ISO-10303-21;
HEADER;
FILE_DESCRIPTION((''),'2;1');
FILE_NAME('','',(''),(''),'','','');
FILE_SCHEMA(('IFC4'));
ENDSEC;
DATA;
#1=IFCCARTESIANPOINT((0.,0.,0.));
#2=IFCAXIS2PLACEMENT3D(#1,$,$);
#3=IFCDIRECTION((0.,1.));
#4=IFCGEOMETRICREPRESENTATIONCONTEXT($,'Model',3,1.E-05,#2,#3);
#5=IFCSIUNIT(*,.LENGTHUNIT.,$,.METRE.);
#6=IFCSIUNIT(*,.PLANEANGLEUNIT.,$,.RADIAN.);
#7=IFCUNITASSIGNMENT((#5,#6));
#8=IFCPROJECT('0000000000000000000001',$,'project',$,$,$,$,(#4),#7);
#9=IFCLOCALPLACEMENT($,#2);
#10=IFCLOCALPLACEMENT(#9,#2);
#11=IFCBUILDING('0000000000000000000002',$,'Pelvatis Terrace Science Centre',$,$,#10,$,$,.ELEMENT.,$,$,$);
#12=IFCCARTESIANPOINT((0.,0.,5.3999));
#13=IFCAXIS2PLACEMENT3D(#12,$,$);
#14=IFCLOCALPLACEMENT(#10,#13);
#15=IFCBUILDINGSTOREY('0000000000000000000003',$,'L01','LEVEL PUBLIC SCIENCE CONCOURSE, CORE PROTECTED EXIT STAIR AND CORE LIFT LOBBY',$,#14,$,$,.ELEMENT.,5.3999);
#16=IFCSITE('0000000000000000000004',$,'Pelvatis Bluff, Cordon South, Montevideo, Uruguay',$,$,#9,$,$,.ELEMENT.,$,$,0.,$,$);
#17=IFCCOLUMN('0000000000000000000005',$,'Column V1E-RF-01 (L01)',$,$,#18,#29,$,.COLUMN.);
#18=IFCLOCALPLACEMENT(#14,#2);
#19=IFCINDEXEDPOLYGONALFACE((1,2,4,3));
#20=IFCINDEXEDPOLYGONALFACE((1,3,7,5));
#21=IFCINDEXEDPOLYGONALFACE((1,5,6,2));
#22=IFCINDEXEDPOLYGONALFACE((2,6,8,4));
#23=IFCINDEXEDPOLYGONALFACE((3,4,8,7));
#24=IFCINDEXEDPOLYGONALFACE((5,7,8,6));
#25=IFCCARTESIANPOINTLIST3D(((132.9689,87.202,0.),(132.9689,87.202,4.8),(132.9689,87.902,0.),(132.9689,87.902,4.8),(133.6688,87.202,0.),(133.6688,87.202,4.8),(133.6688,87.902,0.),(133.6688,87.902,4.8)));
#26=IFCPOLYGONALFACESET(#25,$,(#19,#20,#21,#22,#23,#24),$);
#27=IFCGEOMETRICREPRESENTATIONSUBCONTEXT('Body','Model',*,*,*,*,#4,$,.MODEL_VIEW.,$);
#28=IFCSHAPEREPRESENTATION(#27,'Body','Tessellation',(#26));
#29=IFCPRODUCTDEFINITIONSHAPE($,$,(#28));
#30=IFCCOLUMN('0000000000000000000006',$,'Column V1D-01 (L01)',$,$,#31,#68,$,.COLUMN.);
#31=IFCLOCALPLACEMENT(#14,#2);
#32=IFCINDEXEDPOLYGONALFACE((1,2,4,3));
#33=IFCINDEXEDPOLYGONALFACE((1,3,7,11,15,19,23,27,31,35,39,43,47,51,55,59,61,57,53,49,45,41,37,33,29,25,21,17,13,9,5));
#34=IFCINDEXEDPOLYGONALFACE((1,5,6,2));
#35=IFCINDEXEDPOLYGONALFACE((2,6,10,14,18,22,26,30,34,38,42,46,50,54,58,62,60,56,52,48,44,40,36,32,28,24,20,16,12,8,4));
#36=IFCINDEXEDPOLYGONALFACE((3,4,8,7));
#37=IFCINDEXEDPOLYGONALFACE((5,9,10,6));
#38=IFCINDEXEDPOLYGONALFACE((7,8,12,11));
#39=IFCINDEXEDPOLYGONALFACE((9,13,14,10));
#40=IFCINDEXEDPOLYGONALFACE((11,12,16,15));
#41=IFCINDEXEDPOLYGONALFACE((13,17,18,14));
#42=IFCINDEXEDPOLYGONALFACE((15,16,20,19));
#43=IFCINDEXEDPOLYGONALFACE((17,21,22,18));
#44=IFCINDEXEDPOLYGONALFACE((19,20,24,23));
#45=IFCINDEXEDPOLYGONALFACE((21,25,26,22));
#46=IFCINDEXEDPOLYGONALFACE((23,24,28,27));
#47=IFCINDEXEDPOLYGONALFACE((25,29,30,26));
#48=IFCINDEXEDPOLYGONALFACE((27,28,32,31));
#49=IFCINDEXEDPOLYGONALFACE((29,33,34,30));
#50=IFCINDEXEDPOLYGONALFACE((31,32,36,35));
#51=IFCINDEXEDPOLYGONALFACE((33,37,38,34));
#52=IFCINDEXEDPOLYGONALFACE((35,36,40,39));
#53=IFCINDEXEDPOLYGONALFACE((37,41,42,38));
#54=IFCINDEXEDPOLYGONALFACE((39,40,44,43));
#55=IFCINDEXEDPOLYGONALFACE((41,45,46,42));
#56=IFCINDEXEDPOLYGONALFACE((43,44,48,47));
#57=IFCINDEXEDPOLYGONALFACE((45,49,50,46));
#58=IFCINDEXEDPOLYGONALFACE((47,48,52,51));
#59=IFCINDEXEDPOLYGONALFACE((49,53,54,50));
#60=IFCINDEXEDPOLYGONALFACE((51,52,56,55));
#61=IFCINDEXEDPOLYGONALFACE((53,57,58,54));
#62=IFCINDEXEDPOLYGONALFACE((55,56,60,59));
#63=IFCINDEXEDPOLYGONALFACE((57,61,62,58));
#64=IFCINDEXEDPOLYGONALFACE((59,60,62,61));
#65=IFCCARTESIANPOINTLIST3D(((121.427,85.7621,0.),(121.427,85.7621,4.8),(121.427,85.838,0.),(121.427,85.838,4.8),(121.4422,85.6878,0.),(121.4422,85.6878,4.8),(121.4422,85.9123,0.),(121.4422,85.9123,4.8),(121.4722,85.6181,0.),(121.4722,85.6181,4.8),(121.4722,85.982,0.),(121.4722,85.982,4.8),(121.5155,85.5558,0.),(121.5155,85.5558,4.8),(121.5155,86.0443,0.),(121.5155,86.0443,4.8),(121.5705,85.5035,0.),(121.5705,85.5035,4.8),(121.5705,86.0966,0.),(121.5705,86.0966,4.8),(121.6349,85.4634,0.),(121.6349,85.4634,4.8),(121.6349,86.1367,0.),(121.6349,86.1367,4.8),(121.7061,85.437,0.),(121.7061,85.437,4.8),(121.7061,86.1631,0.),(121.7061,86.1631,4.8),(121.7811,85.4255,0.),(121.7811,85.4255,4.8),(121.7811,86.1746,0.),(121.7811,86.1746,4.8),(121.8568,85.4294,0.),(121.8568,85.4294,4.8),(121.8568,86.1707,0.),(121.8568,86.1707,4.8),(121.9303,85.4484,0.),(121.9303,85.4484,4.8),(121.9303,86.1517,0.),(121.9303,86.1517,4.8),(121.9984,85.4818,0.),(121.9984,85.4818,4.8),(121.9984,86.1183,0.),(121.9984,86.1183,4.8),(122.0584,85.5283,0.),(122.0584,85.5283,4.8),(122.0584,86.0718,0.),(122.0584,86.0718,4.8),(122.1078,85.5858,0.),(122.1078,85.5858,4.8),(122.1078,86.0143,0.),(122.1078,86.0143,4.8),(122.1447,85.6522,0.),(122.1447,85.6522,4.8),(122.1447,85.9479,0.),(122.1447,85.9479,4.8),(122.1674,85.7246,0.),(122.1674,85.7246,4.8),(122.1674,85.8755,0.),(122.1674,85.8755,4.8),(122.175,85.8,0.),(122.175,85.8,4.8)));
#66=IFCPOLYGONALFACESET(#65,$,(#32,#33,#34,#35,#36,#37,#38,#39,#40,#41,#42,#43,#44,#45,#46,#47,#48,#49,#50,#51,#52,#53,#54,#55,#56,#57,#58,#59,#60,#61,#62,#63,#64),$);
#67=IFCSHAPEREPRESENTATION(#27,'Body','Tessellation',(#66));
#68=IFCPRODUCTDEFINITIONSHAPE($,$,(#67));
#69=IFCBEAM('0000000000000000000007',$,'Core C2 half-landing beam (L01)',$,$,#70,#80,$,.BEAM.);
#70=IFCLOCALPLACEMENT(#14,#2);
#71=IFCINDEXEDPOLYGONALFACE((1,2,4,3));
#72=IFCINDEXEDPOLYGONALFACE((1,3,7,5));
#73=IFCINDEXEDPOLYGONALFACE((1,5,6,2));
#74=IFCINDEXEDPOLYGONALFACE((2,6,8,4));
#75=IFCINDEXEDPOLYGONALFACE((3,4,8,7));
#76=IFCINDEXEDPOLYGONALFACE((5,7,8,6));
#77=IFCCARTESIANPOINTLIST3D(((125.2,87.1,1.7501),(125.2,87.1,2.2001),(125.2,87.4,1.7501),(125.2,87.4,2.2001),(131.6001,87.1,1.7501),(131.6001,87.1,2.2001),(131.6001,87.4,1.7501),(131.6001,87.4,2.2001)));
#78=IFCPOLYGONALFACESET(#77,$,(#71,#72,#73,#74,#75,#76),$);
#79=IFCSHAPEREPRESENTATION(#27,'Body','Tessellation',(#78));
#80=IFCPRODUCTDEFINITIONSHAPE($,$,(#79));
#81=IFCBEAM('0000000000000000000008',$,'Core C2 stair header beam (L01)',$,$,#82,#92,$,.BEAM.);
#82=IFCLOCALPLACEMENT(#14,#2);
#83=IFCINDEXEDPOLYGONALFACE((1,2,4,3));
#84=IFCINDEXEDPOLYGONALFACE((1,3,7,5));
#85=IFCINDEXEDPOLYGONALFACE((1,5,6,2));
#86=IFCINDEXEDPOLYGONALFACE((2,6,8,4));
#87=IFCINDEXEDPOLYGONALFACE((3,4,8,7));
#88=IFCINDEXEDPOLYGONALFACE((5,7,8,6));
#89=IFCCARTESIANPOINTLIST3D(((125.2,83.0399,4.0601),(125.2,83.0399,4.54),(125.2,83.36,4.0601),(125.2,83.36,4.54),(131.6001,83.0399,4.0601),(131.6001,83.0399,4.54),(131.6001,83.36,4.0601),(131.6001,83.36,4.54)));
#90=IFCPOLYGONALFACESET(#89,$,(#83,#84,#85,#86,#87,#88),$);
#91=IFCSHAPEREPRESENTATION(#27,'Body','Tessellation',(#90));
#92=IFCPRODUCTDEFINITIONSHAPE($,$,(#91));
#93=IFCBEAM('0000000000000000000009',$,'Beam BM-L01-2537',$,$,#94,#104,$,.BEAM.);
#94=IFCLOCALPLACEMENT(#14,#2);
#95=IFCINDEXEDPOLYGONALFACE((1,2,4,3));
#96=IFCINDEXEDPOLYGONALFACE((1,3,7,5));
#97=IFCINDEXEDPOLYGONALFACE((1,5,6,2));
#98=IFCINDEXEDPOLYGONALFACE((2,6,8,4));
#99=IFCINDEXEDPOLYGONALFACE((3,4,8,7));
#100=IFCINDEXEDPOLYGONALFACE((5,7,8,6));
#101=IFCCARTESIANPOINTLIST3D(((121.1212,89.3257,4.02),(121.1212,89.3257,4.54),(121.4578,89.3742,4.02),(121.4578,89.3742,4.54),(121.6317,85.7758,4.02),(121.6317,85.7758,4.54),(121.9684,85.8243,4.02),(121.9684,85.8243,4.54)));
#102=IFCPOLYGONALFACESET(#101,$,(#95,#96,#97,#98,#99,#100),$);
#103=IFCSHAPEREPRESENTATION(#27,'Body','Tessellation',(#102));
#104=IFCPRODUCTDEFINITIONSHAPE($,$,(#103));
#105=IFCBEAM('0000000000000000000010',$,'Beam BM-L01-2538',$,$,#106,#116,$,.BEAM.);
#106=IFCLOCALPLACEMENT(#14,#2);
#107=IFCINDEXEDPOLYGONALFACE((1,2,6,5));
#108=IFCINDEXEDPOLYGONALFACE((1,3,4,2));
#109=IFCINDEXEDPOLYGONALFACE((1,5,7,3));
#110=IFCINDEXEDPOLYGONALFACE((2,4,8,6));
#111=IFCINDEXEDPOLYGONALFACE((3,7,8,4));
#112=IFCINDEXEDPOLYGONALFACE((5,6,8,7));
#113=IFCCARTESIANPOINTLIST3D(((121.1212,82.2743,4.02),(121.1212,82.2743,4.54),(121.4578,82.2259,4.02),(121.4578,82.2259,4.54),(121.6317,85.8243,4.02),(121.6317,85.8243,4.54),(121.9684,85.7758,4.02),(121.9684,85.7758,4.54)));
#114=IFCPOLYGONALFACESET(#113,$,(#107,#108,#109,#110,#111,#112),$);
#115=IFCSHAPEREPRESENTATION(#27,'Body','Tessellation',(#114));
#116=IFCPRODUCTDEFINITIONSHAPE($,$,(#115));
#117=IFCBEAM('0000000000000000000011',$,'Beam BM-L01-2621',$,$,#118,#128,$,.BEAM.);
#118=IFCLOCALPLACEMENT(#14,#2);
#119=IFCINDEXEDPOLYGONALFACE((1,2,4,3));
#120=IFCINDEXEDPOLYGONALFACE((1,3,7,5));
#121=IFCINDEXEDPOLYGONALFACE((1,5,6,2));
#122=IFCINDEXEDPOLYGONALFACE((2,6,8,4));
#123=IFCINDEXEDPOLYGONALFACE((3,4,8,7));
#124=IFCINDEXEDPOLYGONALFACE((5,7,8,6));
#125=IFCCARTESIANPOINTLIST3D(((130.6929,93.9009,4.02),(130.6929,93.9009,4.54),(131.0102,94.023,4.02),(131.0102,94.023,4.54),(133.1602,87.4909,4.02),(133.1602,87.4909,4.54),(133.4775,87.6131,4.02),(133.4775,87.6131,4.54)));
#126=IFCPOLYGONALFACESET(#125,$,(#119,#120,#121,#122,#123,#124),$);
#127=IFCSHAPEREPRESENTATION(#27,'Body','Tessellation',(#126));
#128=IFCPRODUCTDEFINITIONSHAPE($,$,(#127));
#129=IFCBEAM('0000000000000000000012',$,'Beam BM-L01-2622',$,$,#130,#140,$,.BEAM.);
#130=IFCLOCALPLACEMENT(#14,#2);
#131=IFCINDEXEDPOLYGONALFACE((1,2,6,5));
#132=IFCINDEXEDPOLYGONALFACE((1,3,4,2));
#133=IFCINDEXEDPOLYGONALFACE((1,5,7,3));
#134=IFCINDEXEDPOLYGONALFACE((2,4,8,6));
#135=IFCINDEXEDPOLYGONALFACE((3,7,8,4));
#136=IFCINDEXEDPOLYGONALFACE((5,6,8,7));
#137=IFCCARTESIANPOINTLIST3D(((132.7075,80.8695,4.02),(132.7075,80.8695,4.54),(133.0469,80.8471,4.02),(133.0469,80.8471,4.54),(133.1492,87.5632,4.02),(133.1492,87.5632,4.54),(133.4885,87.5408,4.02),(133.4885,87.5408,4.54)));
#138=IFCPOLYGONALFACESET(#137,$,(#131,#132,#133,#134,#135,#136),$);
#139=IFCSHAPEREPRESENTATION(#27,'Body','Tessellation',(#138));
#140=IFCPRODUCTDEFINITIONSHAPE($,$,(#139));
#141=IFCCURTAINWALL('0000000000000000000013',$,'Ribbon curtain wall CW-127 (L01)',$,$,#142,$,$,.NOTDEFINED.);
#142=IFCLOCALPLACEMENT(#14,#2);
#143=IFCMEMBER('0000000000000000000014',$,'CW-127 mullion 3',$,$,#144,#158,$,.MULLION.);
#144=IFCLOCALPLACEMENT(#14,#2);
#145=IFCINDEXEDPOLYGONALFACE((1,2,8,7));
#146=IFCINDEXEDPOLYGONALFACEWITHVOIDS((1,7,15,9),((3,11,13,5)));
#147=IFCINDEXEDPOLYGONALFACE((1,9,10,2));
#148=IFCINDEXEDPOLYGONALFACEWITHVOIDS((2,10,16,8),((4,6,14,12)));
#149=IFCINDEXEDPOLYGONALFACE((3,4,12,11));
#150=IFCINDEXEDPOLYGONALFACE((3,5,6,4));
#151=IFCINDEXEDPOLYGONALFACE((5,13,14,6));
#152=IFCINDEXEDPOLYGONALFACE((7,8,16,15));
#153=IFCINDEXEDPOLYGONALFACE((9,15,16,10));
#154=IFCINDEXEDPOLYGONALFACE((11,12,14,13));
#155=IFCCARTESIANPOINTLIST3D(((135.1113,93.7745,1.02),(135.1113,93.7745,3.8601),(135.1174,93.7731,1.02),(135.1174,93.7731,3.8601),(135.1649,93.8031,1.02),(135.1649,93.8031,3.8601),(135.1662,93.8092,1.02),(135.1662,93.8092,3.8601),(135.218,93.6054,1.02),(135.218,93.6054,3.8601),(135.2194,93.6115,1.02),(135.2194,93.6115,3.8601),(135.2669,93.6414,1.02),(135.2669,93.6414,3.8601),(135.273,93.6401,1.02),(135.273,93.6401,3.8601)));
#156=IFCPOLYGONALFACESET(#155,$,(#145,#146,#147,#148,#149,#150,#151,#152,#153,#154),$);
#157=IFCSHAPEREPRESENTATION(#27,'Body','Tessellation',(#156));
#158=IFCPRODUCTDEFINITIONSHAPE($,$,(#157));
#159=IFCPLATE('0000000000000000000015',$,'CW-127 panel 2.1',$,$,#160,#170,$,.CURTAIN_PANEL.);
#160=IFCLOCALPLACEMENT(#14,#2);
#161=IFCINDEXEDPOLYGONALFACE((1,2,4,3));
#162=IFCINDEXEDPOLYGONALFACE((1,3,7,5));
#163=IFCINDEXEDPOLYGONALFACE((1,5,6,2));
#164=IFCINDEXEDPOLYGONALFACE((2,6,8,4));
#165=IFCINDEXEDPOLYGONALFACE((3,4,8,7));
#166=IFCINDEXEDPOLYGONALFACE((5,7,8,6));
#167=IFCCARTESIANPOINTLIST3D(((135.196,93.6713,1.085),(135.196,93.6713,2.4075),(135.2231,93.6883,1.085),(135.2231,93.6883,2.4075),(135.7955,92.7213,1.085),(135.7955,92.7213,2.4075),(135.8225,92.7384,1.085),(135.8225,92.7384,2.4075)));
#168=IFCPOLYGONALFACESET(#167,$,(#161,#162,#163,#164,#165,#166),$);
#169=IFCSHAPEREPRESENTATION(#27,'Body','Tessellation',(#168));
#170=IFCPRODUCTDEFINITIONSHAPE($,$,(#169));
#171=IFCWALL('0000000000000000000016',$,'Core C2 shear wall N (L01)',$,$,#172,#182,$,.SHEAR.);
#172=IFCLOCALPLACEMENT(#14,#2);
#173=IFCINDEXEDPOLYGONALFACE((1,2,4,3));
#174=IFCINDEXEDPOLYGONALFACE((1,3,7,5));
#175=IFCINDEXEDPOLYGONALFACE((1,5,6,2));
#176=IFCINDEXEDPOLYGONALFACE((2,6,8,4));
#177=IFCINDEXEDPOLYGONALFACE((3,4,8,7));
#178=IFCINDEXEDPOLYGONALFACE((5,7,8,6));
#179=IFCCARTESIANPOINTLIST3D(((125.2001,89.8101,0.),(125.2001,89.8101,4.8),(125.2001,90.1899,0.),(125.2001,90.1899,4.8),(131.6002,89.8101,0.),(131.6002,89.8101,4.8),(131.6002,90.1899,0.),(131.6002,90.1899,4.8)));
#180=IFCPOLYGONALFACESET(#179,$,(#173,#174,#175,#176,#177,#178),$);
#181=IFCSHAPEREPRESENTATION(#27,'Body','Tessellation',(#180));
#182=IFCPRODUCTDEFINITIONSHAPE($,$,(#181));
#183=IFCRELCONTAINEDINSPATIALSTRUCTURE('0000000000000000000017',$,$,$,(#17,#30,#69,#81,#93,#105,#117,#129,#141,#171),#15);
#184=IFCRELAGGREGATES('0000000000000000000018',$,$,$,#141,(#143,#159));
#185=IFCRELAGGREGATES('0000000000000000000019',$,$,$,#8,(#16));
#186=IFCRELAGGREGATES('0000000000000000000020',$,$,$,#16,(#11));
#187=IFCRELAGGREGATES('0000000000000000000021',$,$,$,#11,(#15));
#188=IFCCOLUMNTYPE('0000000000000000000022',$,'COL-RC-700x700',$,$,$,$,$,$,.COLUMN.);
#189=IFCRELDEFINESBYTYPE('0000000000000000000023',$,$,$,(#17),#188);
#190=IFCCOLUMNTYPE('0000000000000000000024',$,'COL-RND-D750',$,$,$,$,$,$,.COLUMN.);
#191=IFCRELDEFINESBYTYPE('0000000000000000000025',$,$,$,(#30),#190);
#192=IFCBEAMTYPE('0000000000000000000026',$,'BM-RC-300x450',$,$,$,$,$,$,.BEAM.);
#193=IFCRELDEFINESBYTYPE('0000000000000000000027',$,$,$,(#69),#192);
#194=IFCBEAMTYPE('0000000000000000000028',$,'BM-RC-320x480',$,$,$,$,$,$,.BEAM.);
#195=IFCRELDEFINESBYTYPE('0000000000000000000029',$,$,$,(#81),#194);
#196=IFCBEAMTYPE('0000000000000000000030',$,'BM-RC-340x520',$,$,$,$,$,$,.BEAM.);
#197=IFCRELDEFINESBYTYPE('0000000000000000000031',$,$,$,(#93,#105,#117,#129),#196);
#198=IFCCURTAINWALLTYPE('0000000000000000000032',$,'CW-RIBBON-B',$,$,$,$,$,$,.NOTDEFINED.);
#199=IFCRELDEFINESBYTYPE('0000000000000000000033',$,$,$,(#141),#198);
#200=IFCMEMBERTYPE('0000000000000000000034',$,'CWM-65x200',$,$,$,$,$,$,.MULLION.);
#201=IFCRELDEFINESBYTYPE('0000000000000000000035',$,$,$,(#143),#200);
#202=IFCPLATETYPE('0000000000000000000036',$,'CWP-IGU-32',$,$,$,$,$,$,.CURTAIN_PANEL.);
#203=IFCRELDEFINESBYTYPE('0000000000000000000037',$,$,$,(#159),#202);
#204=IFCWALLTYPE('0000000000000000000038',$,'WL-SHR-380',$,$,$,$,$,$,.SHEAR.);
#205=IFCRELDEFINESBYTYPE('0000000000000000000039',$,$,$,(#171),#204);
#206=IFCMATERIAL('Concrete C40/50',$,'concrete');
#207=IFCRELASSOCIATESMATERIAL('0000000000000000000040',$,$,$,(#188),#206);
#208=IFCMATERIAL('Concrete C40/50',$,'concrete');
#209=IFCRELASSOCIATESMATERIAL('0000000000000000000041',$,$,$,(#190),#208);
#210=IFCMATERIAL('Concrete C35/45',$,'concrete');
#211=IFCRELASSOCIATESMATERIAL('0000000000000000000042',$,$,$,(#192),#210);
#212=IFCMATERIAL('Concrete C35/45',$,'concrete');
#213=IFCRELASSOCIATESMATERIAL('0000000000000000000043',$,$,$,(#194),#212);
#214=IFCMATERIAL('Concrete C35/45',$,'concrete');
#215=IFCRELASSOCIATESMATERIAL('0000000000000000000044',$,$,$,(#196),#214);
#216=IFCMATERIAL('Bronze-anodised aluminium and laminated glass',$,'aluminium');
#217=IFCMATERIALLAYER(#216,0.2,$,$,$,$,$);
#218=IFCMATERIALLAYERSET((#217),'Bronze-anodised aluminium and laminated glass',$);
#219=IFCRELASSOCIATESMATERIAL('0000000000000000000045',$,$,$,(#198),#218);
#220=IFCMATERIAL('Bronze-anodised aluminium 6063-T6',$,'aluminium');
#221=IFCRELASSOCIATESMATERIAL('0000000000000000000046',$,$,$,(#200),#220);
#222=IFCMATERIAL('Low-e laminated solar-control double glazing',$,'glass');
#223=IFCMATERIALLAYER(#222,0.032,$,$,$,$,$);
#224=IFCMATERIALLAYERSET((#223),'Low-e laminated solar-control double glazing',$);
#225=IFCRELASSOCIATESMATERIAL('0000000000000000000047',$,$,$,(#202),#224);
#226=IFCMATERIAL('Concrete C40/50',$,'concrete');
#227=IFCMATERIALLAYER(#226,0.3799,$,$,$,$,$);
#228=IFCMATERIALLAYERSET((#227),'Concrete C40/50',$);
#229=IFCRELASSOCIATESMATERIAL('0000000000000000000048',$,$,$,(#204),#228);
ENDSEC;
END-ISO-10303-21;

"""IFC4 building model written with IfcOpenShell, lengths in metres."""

from ifc_helpers import new_model, si_unit, direction, frame, frame_2d, origin, origin_2d, place, context, subcontext, project, spatial, rectangle, hollow_rectangle, circle, extrude, material, layer, layer_set, material_profile, profile_set, type_object, element, aggregate, save


model = new_model("IFC4")

# Units and contexts
model_context = context("Model", 3, precision=1e-05, world=origin(), true_north=direction((0.0, 1.0)))
body_context = subcontext(model_context, "Body", "Model", "MODEL_VIEW")
ifc_project = project(units=[si_unit("LENGTHUNIT", "METRE"), si_unit("PLANEANGLEUNIT", "RADIAN")], contexts=[model_context])

# Site, building, storey
site_placement = place(None, origin())
site = spatial("IfcSite", under=ifc_project, at=site_placement, Name="Pelvatis Bluff, Cordon South, Montevideo, Uruguay", CompositionType="ELEMENT", RefElevation=0.0)
building_placement = place(site_placement, origin())
building = spatial("IfcBuilding", under=site, at=building_placement, Name="Pelvatis Terrace Science Centre", CompositionType="ELEMENT")
storey_placement = place(building_placement, frame((0.0, 0.0, 5.3999)))
storey = spatial("IfcBuildingStorey", under=building, at=storey_placement, Name="L01", Description="LEVEL PUBLIC SCIENCE CONCOURSE, CORE PROTECTED EXIT STAIR AND CORE LIFT LOBBY", CompositionType="ELEMENT", Elevation=5.3999)

# Columns
ifc_material_1 = material(Name="Concrete C40/50", Category="concrete")
ifc_material_profile_1 = material_profile(ifc_material_1, rectangle(XDim=0.7, YDim=0.7, at=origin_2d()), Name="RC-COL 700x700")
ifc_profile_set_1 = profile_set([ifc_material_profile_1], Name="Concrete C40/50")
column_type_1 = type_object("IfcColumnType", Name="COL-RC-700x700", PredefinedType="COLUMN", material=ifc_profile_set_1)
column_1_placement = place(storey_placement, frame((133.3188, 87.552, 0.0), z_axis=(0.0, 0.0, 1.0), x_axis=(1.0, 0.0, 0.0)))
element("IfcColumn", 1, at=column_1_placement, inside=storey, type_object=column_type_1, Name="Column V1E-RF-01 (L01)", PredefinedType="COLUMN", context=body_context, shape_type="SweptSolid", body=[
    extrude(rectangle(XDim=0.7, YDim=0.7, at=origin_2d()), origin(), (0.0, 0.0, 1.0), 4.8),
])
ifc_material_2 = material(Name="Concrete C40/50", Category="concrete")
ifc_material_profile_2 = material_profile(ifc_material_2, circle(Radius=0.375, at=origin_2d()), Name="RC-RCOL D750")
ifc_profile_set_2 = profile_set([ifc_material_profile_2], Name="Concrete C40/50")
column_type_2 = type_object("IfcColumnType", Name="COL-RND-D750", PredefinedType="COLUMN", material=ifc_profile_set_2)
column_2_placement = place(storey_placement, frame((121.8, 85.8, 0.0), z_axis=(0.0, 0.0, 1.0), x_axis=(1.0, 0.0, 0.0)))
element("IfcColumn", 2, at=column_2_placement, inside=storey, type_object=column_type_2, Name="Column V1D-01 (L01)", PredefinedType="COLUMN", context=body_context, shape_type="SweptSolid", body=[
    extrude(circle(Radius=0.375, at=origin_2d()), origin(), (0.0, 0.0, 1.0), 4.8),
])

# Beams
ifc_material_3 = material(Name="Concrete C35/45", Category="concrete")
ifc_material_profile_3 = material_profile(ifc_material_3, rectangle(XDim=0.3, YDim=0.45, at=origin_2d()), Name="RC-BM 300x450")
ifc_profile_set_3 = profile_set([ifc_material_profile_3], Name="Concrete C35/45")
beam_type_1 = type_object("IfcBeamType", Name="BM-RC-300x450", PredefinedType="BEAM", material=ifc_profile_set_3)
beam_1_placement = place(storey_placement, frame((125.2, 87.25, 1.9751), z_axis=(1.0, 0.0, 0.0), x_axis=(0.0, 1.0, 0.0)))
element("IfcBeam", 3, at=beam_1_placement, inside=storey, type_object=beam_type_1, Name="Core C2 half-landing beam (L01)", PredefinedType="BEAM", context=body_context, shape_type="SweptSolid", body=[
    extrude(rectangle(XDim=0.3, YDim=0.45, at=origin_2d()), origin(), (0.0, 0.0, 1.0), 6.4001),
])
ifc_material_4 = material(Name="Concrete C35/45", Category="concrete")
ifc_material_profile_4 = material_profile(ifc_material_4, rectangle(XDim=0.3201, YDim=0.48, at=origin_2d()), Name="RC-BM 320x480")
ifc_profile_set_4 = profile_set([ifc_material_profile_4], Name="Concrete C35/45")
beam_type_2 = type_object("IfcBeamType", Name="BM-RC-320x480", PredefinedType="BEAM", material=ifc_profile_set_4)
beam_2_placement = place(storey_placement, frame((125.2, 83.2, 4.3), z_axis=(1.0, 0.0, 0.0), x_axis=(0.0, 1.0, 0.0)))
element("IfcBeam", 4, at=beam_2_placement, inside=storey, type_object=beam_type_2, Name="Core C2 stair header beam (L01)", PredefinedType="BEAM", context=body_context, shape_type="SweptSolid", body=[
    extrude(rectangle(XDim=0.3201, YDim=0.48, at=origin_2d()), origin(), (0.0, 0.0, 1.0), 6.4001),
])
ifc_material_5 = material(Name="Concrete C35/45", Category="concrete")
ifc_material_profile_5 = material_profile(ifc_material_5, rectangle(XDim=0.3401, YDim=0.52, at=origin_2d()), Name="RC-BM 340x520")
ifc_profile_set_5 = profile_set([ifc_material_profile_5], Name="Concrete C35/45")
beam_type_3 = type_object("IfcBeamType", Name="BM-RC-340x520", PredefinedType="BEAM", material=ifc_profile_set_5)
for number, where, z_axis, x_axis, name in (
    (5, (121.8, 85.8, 4.28), (-0.142346, 0.989817, 0.0), (-0.989817, -0.142346, 0.0), "Beam BM-L01-2537"),
    (6, (121.8, 85.8, 4.28), (-0.142346, -0.989817, 0.0), (0.989817, -0.142346, 0.0), "Beam BM-L01-2538"),
):
    element("IfcBeam", number, at=place(storey_placement, frame(where, z_axis=z_axis, x_axis=x_axis)), inside=storey, type_object=beam_type_3, Name=name, PredefinedType="BEAM", context=body_context, shape_type="SweptSolid", body=[
        extrude(rectangle(XDim=0.3401, YDim=0.52, at=origin_2d()), origin(), (0.0, 0.0, 1.0), 3.5864),
    ])
beam_3_placement = place(storey_placement, frame((133.3188, 87.552, 4.28), z_axis=(-0.359224, 0.933251, 0.0), x_axis=(-0.933251, -0.359224, 0.0)))
element("IfcBeam", 7, at=beam_3_placement, inside=storey, type_object=beam_type_3, Name="Beam BM-L01-2621", PredefinedType="BEAM", context=body_context, shape_type="SweptSolid", body=[
    extrude(rectangle(XDim=0.3401, YDim=0.52, at=origin_2d()), origin(), (0.0, 0.0, 1.0), 6.8684),
])
beam_4_placement = place(storey_placement, frame((133.3188, 87.552, 4.28), z_axis=(-0.065838, -0.99783, 0.0), x_axis=(0.99783, -0.065838, 0.0)))
element("IfcBeam", 8, at=beam_4_placement, inside=storey, type_object=beam_type_3, Name="Beam BM-L01-2622", PredefinedType="BEAM", context=body_context, shape_type="SweptSolid", body=[
    extrude(rectangle(XDim=0.3401, YDim=0.52, at=origin_2d()), origin(), (0.0, 0.0, 1.0), 6.7083),
])

# Curtain wall, member, plate
ifc_material_6 = material(Name="Bronze-anodised aluminium and laminated glass", Category="aluminium")
ifc_layer_1 = layer(ifc_material_6, 0.2)
ifc_layer_set_1 = layer_set([ifc_layer_1], Name="Bronze-anodised aluminium and laminated glass")
curtain_wall_type = type_object("IfcCurtainWallType", Name="CW-RIBBON-B", PredefinedType="NOTDEFINED", material=ifc_layer_set_1)
curtain_wall_placement = place(storey_placement, origin())
curtain_wall = element("IfcCurtainWall", 9, at=curtain_wall_placement, inside=storey, type_object=curtain_wall_type, Name="Ribbon curtain wall CW-127 (L01)", PredefinedType="NOTDEFINED")
ifc_material_7 = material(Name="Bronze-anodised aluminium 6063-T6", Category="aluminium")
ifc_material_profile_6 = material_profile(ifc_material_7, hollow_rectangle(XDim=0.0649, YDim=0.2, WallThickness=0.0044, at=origin_2d()), Name="ALU-MUL 65x200")
ifc_profile_set_6 = profile_set([ifc_material_profile_6], Name="Bronze-anodised aluminium 6063-T6")
member_type = type_object("IfcMemberType", Name="CWM-65x200", PredefinedType="MULLION", material=ifc_profile_set_6)
member_placement = place(storey_placement, frame((135.1921, 93.7073, 1.02), z_axis=(0.0, 0.0, 1.0), x_axis=(-0.845678, -0.533693, 0.0)))
member = element("IfcMember", 10, at=member_placement, type_object=member_type, Name="CW-127 mullion 3", PredefinedType="MULLION", context=body_context, shape_type="SweptSolid", body=[
    extrude(hollow_rectangle(XDim=0.0649, YDim=0.2, WallThickness=0.0044, at=origin_2d()), origin(), (0.0, 0.0, 1.0), 2.8401),
])
ifc_material_8 = material(Name="Low-e laminated solar-control double glazing", Category="glass")
ifc_layer_2 = layer(ifc_material_8, 0.032)
ifc_layer_set_2 = layer_set([ifc_layer_2], Name="Low-e laminated solar-control double glazing")
plate_type = type_object("IfcPlateType", Name="CWP-IGU-32", PredefinedType="CURTAIN_PANEL", material=ifc_layer_set_2)
plate_placement = place(storey_placement, frame((135.5093, 93.2048, 1.085), z_axis=(0.0, 0.0, 1.0), x_axis=(-0.533693, 0.845678, 0.0)))
plate = element("IfcPlate", 11, at=plate_placement, type_object=plate_type, Name="CW-127 panel 2.1", PredefinedType="CURTAIN_PANEL", context=body_context, shape_type="SweptSolid", body=[
    extrude(rectangle(XDim=1.1233, YDim=0.032, at=origin_2d()), origin(), (0.0, 0.0, 1.0), 1.3225),
])
aggregate(curtain_wall, [member, plate])

# Wall
ifc_material_9 = material(Name="Concrete C40/50", Category="concrete")
ifc_layer_3 = layer(ifc_material_9, 0.3799)
ifc_layer_set_3 = layer_set([ifc_layer_3], Name="Concrete C40/50")
wall_type_1 = type_object("IfcWallType", Name="WL-SHR-380", PredefinedType="SHEAR", material=ifc_layer_set_3)
wall_1_placement = place(storey_placement, frame((125.2, 90.0, 0.0), z_axis=(0.0, 0.0, 1.0), x_axis=(1.0, 0.0, 0.0)))
element("IfcWall", 12, at=wall_1_placement, inside=storey, type_object=wall_type_1, Name="Core C2 shear wall N (L01)", PredefinedType="SHEAR", context=body_context, shape_type="SweptSolid", body=[
    extrude(rectangle(XDim=6.4001, YDim=0.3799, at=frame_2d((3.2002, 0.0))), origin(), (0.0, 0.0, 1.0), 4.8),
])

save(model, "model.ifc")
